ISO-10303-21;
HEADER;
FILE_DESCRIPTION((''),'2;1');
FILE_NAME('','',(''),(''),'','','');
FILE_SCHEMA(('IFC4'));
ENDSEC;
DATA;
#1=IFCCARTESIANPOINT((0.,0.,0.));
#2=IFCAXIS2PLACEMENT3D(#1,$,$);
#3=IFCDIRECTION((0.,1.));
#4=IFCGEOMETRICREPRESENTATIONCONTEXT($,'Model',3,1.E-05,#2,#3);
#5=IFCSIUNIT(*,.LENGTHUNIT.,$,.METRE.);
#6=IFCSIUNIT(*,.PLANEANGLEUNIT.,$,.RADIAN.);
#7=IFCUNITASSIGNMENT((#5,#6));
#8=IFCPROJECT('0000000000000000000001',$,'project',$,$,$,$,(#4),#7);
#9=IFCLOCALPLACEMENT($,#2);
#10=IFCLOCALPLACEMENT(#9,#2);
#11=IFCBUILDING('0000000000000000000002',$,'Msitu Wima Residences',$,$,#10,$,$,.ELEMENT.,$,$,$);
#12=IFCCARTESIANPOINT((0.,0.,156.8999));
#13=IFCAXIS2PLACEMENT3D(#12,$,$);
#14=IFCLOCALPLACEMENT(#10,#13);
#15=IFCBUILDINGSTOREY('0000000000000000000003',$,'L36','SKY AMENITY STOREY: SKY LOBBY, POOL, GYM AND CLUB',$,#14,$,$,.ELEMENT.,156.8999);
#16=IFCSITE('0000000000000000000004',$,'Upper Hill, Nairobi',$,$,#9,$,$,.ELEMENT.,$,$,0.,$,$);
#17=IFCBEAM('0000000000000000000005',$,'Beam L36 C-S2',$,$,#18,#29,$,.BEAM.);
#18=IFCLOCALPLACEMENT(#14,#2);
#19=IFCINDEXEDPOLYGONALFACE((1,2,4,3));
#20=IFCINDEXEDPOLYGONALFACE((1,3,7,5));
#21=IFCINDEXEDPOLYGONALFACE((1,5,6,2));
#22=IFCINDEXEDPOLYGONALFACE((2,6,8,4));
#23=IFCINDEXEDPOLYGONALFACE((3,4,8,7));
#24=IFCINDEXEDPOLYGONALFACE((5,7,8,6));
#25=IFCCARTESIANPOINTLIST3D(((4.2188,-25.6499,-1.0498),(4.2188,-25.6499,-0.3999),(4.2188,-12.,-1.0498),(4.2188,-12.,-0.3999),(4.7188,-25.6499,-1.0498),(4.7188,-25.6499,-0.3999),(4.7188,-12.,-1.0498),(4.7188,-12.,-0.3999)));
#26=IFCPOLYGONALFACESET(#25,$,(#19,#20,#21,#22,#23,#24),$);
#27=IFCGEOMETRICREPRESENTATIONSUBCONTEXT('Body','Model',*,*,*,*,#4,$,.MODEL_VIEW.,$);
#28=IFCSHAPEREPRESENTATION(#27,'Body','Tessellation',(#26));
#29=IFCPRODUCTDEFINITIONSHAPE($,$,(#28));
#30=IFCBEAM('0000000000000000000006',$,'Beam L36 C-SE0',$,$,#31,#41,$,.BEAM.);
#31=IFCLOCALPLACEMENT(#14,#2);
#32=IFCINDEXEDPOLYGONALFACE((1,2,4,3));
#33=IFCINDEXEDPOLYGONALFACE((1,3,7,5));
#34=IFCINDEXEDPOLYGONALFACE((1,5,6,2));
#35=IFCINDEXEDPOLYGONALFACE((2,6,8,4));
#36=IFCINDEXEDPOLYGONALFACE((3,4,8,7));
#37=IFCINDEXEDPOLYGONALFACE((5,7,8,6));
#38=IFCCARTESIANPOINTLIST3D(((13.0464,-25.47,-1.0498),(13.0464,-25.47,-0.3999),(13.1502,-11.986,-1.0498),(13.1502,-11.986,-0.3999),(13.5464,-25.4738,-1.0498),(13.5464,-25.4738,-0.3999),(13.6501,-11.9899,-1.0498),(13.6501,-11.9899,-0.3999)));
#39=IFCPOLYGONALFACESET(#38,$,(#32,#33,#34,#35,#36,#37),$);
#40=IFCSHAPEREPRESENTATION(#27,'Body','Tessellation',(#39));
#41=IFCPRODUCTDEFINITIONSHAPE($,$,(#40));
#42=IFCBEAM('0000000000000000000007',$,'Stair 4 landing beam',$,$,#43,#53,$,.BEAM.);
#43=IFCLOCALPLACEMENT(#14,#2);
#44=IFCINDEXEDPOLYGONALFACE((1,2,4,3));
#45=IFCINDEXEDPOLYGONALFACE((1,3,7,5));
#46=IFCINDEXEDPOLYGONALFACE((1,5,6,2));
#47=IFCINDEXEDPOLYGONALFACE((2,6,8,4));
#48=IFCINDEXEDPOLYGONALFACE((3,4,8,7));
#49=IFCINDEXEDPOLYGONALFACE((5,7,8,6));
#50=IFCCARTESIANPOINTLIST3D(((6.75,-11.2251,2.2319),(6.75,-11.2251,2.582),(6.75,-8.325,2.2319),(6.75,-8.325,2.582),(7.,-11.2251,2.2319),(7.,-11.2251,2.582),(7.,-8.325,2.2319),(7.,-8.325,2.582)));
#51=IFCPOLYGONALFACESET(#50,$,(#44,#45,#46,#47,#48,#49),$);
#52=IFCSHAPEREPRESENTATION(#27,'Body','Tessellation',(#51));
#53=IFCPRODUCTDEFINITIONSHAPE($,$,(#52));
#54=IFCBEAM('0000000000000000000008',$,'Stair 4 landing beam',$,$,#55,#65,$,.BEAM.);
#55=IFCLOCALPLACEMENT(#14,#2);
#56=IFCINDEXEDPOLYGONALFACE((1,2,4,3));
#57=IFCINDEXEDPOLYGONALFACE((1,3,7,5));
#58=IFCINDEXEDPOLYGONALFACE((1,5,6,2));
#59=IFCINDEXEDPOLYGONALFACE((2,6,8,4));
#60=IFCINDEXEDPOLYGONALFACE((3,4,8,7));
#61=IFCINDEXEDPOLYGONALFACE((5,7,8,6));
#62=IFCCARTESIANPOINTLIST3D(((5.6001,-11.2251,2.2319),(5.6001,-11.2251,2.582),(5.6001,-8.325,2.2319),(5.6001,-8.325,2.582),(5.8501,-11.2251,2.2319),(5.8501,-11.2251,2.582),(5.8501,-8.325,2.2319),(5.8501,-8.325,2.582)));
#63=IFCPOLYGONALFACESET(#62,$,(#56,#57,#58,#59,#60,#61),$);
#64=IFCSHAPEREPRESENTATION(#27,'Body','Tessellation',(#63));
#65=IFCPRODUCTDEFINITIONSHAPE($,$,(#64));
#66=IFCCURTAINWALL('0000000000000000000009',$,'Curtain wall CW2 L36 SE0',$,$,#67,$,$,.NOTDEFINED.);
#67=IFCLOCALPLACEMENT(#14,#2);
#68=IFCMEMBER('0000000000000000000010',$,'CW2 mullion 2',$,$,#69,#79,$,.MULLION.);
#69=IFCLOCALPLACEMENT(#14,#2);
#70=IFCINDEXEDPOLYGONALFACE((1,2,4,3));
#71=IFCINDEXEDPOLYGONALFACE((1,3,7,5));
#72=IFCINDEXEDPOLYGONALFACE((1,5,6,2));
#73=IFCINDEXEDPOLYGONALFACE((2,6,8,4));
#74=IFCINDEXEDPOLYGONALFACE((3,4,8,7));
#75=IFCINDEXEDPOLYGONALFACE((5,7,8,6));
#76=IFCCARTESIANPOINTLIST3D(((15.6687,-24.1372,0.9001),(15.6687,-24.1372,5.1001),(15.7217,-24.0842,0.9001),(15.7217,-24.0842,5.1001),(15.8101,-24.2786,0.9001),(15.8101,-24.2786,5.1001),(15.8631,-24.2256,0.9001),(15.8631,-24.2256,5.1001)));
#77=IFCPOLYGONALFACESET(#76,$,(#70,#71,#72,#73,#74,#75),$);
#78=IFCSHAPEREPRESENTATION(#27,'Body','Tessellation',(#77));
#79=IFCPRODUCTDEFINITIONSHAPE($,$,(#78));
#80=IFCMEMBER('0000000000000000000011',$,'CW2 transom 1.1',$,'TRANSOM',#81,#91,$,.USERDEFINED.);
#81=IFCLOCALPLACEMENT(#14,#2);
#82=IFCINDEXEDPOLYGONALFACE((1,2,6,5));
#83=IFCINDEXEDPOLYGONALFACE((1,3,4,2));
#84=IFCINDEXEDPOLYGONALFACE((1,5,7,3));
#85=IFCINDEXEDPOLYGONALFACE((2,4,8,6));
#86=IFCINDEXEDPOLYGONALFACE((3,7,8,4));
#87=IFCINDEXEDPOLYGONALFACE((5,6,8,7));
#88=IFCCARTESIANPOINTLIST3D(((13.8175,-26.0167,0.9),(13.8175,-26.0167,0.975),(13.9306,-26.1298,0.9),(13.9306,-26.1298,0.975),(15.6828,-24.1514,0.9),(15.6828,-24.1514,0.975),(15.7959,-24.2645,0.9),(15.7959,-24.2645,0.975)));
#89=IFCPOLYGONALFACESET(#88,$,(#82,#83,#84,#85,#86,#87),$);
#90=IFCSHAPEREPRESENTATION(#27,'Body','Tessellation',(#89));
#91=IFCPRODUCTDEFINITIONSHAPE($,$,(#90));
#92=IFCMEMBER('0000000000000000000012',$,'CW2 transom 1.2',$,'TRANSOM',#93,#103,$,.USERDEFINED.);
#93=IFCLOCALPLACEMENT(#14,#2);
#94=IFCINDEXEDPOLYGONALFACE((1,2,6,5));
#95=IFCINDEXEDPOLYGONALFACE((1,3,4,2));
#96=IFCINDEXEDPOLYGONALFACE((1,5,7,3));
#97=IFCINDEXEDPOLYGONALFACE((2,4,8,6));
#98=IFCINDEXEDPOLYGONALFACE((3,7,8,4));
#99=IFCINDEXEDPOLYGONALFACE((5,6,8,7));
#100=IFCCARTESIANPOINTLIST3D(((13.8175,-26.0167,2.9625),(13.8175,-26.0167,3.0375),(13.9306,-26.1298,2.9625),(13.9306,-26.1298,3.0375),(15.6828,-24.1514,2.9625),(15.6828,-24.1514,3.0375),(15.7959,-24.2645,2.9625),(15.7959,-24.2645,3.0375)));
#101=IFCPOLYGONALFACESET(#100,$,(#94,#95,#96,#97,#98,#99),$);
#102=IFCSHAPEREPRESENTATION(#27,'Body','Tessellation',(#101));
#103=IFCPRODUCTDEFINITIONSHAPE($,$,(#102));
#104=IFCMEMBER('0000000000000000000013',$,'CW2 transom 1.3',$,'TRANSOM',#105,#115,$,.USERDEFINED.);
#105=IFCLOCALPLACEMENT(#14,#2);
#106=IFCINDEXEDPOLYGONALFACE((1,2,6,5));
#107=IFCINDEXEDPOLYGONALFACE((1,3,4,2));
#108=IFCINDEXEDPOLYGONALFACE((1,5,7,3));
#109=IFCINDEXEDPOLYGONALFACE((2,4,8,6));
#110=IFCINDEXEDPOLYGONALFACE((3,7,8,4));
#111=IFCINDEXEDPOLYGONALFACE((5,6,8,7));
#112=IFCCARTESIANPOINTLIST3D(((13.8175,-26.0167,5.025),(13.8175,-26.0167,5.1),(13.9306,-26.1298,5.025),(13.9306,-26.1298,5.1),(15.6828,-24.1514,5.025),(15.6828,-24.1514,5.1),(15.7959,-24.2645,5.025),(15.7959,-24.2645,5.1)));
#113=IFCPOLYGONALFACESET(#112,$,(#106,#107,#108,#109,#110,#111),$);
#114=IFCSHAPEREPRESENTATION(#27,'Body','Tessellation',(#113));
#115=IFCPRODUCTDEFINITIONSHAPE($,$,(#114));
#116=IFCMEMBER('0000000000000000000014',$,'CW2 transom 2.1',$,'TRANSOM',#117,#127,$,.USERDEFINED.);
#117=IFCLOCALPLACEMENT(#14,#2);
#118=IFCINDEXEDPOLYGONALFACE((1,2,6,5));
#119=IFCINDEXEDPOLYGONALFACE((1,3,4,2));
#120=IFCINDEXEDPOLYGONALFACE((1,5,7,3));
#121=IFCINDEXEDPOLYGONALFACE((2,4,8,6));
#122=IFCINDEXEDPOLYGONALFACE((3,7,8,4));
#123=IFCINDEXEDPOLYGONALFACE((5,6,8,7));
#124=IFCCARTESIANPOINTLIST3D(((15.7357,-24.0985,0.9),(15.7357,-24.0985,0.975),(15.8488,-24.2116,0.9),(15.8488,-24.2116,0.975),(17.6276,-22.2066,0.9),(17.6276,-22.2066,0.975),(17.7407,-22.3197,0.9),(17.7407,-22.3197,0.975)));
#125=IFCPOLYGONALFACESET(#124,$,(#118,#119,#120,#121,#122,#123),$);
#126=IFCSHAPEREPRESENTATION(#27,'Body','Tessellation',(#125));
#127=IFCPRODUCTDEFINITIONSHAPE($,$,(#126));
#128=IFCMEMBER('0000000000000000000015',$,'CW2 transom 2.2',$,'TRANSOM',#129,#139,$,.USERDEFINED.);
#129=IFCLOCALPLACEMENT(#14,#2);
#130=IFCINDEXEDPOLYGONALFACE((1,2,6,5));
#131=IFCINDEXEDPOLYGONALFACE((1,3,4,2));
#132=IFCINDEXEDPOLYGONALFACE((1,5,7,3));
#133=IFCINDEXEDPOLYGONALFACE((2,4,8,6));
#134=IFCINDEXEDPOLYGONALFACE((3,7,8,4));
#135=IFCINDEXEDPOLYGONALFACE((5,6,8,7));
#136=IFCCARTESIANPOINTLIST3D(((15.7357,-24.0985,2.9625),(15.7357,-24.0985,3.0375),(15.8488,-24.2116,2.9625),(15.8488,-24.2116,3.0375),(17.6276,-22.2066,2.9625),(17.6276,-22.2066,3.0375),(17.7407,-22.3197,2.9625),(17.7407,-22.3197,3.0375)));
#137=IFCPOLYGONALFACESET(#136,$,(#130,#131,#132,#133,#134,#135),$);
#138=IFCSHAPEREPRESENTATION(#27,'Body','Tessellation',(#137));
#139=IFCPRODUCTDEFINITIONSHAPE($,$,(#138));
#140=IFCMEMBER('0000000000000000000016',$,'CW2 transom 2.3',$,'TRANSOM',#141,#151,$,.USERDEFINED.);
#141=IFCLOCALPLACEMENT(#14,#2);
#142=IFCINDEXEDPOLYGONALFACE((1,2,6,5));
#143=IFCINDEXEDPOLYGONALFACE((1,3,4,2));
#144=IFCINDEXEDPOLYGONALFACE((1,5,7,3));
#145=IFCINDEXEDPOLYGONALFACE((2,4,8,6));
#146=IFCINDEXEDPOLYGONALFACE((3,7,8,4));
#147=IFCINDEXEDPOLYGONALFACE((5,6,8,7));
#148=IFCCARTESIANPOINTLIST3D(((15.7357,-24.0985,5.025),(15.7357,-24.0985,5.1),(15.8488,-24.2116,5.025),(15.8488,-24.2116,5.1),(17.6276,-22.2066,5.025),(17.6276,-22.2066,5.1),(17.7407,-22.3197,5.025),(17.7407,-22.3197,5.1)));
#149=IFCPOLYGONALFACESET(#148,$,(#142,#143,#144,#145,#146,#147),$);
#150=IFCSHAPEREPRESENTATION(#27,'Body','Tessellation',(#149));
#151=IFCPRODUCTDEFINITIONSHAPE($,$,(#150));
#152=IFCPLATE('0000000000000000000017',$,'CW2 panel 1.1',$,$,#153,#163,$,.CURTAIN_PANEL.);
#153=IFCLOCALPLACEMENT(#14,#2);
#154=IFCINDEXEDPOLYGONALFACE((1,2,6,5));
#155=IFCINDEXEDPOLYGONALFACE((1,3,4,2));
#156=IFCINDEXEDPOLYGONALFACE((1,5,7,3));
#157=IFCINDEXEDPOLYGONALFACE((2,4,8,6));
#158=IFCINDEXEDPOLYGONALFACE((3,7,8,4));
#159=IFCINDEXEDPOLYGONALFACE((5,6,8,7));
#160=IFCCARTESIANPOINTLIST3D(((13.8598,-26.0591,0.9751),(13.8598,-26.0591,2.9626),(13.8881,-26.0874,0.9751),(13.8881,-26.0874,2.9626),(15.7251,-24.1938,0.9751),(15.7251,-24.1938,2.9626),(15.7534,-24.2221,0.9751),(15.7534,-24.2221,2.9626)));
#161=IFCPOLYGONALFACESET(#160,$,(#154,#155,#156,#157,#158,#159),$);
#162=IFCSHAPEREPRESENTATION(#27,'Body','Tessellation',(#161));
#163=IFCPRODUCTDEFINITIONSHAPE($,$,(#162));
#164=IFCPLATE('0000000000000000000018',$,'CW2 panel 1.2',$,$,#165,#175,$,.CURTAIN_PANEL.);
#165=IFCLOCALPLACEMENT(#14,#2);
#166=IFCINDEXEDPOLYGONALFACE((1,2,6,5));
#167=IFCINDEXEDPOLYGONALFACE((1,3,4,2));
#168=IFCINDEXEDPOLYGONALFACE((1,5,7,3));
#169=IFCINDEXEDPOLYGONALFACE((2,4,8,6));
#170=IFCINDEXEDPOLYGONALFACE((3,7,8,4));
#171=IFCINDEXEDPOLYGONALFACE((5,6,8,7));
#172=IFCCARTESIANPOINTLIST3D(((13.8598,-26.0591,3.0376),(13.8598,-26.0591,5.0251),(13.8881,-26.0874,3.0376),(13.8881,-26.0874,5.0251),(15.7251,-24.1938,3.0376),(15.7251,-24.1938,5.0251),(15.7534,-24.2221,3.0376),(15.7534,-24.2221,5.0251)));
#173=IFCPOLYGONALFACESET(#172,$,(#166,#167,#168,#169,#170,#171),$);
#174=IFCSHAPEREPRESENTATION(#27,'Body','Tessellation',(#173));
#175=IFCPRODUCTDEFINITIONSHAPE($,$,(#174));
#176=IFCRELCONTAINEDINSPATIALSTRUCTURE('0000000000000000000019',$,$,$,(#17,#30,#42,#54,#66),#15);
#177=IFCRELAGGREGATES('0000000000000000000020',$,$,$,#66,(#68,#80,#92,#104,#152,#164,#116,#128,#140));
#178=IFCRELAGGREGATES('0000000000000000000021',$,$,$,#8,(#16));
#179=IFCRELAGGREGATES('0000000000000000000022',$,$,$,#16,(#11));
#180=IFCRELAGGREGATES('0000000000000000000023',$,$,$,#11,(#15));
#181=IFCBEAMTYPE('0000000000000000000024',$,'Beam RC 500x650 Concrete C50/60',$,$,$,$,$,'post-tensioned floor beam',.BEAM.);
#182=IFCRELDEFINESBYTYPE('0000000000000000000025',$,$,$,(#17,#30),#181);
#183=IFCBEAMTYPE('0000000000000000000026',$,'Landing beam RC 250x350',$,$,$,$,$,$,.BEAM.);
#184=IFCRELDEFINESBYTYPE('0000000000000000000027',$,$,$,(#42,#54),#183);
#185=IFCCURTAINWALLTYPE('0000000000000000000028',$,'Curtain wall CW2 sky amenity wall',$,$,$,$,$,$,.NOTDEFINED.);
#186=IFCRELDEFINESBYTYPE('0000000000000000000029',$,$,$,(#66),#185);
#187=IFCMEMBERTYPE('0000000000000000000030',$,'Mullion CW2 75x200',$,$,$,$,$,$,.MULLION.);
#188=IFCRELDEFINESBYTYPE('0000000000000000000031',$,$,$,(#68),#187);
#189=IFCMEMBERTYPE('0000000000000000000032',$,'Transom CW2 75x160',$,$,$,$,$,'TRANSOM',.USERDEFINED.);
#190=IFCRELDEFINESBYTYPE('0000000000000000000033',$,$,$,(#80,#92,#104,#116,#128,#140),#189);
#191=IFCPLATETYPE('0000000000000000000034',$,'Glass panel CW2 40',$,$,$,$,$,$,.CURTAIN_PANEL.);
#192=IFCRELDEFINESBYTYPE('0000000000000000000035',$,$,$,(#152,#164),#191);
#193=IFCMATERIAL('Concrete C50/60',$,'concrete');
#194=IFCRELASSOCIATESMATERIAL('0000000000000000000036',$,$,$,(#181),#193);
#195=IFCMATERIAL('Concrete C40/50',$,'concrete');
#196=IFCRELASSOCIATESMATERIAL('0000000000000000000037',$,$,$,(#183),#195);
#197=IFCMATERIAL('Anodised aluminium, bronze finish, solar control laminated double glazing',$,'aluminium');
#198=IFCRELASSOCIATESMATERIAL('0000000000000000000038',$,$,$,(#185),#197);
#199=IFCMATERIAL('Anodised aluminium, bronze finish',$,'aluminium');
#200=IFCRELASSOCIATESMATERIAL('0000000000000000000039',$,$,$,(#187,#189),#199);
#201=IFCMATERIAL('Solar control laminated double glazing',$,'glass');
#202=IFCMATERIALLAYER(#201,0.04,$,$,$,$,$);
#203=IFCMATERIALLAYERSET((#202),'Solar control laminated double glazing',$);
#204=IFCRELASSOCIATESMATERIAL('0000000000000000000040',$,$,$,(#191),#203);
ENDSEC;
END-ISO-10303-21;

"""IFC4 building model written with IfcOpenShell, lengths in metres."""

from ifc_helpers import new_model, si_unit, direction, frame, origin, origin_2d, place, context, subcontext, project, spatial, rectangle, extrude, material, layer, layer_set, material_profile, profile_set, type_object, element, aggregate, save


model = new_model("IFC4")

# Units and contexts
model_context = context("Model", 3, precision=1e-05, world=origin(), true_north=direction((0.0, 1.0)))
body_context = subcontext(model_context, "Body", "Model", "MODEL_VIEW")
ifc_project = project(units=[si_unit("LENGTHUNIT", "METRE"), si_unit("PLANEANGLEUNIT", "RADIAN")], contexts=[model_context])

# Site, building, storey
site_placement = place(None, origin())
site = spatial("IfcSite", under=ifc_project, at=site_placement, Name="Upper Hill, Nairobi", CompositionType="ELEMENT", RefElevation=0.0)
building_placement = place(site_placement, origin())
building = spatial("IfcBuilding", under=site, at=building_placement, Name="Msitu Wima Residences", CompositionType="ELEMENT")
storey_placement = place(building_placement, frame((0.0, 0.0, 156.8999)))
storey = spatial("IfcBuildingStorey", under=building, at=storey_placement, Name="L36", Description="SKY AMENITY STOREY: SKY LOBBY, POOL, GYM AND CLUB", CompositionType="ELEMENT", Elevation=156.8999)

# Beams
ifc_material_1 = material(Name="Concrete C50/60", Category="concrete")
ifc_material_profile_1 = material_profile(ifc_material_1, rectangle(XDim=0.5, YDim=0.6499, at=origin_2d()), Name="RC 500x650")
ifc_profile_set_1 = profile_set([ifc_material_profile_1], Name="Concrete C50/60")
beam_type_1 = type_object("IfcBeamType", Name="Beam RC 500x650 Concrete C50/60", ElementType="post-tensioned floor beam", PredefinedType="BEAM", material=ifc_profile_set_1)
beam_1_placement = place(storey_placement, frame((4.4688, -25.6499, -0.7249), z_axis=(0.0, 1.0, 0.0), x_axis=(-1.0, 0.0, 0.0)))
element("IfcBeam", 1, at=beam_1_placement, inside=storey, type_object=beam_type_1, Name="Beam L36 C-S2", PredefinedType="BEAM", context=body_context, shape_type="SweptSolid", body=[
    extrude(rectangle(XDim=0.5, YDim=0.6499, at=origin_2d()), origin(), (0.0, 0.0, 1.0), 13.6499),
])
beam_2_placement = place(storey_placement, frame((13.2964, -25.4719, -0.7249), z_axis=(0.007695, 0.99997, 0.0), x_axis=(-0.99997, 0.007695, 0.0)))
element("IfcBeam", 2, at=beam_2_placement, inside=storey, type_object=beam_type_1, Name="Beam L36 C-SE0", PredefinedType="BEAM", context=body_context, shape_type="SweptSolid", body=[
    extrude(rectangle(XDim=0.5, YDim=0.6499, at=origin_2d()), origin(), (0.0, 0.0, 1.0), 13.4844),
])
ifc_material_2 = material(Name="Concrete C40/50", Category="concrete")
ifc_material_profile_2 = material_profile(ifc_material_2, rectangle(XDim=0.25, YDim=0.3501, at=origin_2d()), Name="RC 250x350")
ifc_profile_set_2 = profile_set([ifc_material_profile_2], Name="Concrete C40/50")
beam_type_2 = type_object("IfcBeamType", Name="Landing beam RC 250x350", PredefinedType="BEAM", material=ifc_profile_set_2)
for number, where, z_axis, x_axis, name in (
    (3, (6.875, -11.2251, 2.407), (0.0, 1.0, 0.0), (-1.0, 0.0, 0.0), "Stair 4 landing beam"),
    (4, (5.7251, -11.2251, 2.407), (0.0, 1.0, 0.0), (-1.0, 0.0, 0.0), "Stair 4 landing beam"),
):
    element("IfcBeam", number, at=place(storey_placement, frame(where, z_axis=z_axis, x_axis=x_axis)), inside=storey, type_object=beam_type_2, Name=name, PredefinedType="BEAM", context=body_context, shape_type="SweptSolid", body=[
        extrude(rectangle(XDim=0.25, YDim=0.3501, at=origin_2d()), origin(), (0.0, 0.0, 1.0), 2.9001),
    ])

# Curtain wall, members, plates
ifc_material_3 = material(Name="Anodised aluminium, bronze finish, solar control laminated double glazing", Category="aluminium")
curtain_wall_type = type_object("IfcCurtainWallType", Name="Curtain wall CW2 sky amenity wall", PredefinedType="NOTDEFINED", material=ifc_material_3)
curtain_wall_placement = place(storey_placement, origin())
curtain_wall = element("IfcCurtainWall", 5, at=curtain_wall_placement, inside=storey, type_object=curtain_wall_type, Name="Curtain wall CW2 L36 SE0", PredefinedType="NOTDEFINED")
ifc_material_4 = material(Name="Anodised aluminium, bronze finish", Category="aluminium")
ifc_material_profile_3 = material_profile(ifc_material_4, rectangle(XDim=0.2, YDim=0.075, at=origin_2d()), Name="Mullion 75x200")
ifc_profile_set_3 = profile_set([ifc_material_profile_3], Name="Anodised aluminium, bronze finish")
member_type_1 = type_object("IfcMemberType", Name="Mullion CW2 75x200", PredefinedType="MULLION", material=ifc_profile_set_3)
member_1_placement = place(storey_placement, frame((15.7659, -24.1814, 0.9001), z_axis=(0.0, 0.0, 1.0), x_axis=(-0.707107, 0.707107, 0.0)))
member_1 = element("IfcMember", 6, at=member_1_placement, type_object=member_type_1, Name="CW2 mullion 2", PredefinedType="MULLION", context=body_context, shape_type="SweptSolid", body=[
    extrude(rectangle(XDim=0.2, YDim=0.075, at=origin_2d()), origin(), (0.0, 0.0, 1.0), 4.2),
])
ifc_material_profile_4 = material_profile(ifc_material_4, rectangle(XDim=0.1599, YDim=0.075, at=origin_2d()), Name="Transom 75x160")
ifc_profile_set_4 = profile_set([ifc_material_profile_4], Name="Anodised aluminium, bronze finish")
member_type_2 = type_object("IfcMemberType", Name="Transom CW2 75x160", ElementType="TRANSOM", PredefinedType="USERDEFINED", material=ifc_profile_set_4)
member_2_placement = place(storey_placement, frame((13.874, -26.0732, 0.9375), z_axis=(0.707107, 0.707107, 0.0), x_axis=(-0.707107, 0.707107, 0.0)))
member_2 = element("IfcMember", 7, at=member_2_placement, type_object=member_type_2, Name="CW2 transom 1.1", ObjectType="TRANSOM", PredefinedType="USERDEFINED", context=body_context, shape_type="SweptSolid", body=[
    extrude(rectangle(XDim=0.1599, YDim=0.075, at=origin_2d()), origin(), (0.0, 0.0, 1.0), 2.6379),
])
member_3_placement = place(storey_placement, frame((13.874, -26.0732, 3.0), z_axis=(0.707107, 0.707107, 0.0), x_axis=(-0.707107, 0.707107, 0.0)))
member_3 = element("IfcMember", 8, at=member_3_placement, type_object=member_type_2, Name="CW2 transom 1.2", ObjectType="TRANSOM", PredefinedType="USERDEFINED", context=body_context, shape_type="SweptSolid", body=[
    extrude(rectangle(XDim=0.1599, YDim=0.075, at=origin_2d()), origin(), (0.0, 0.0, 1.0), 2.6379),
])
member_4_placement = place(storey_placement, frame((13.874, -26.0732, 5.0625), z_axis=(0.707107, 0.707107, 0.0), x_axis=(-0.707107, 0.707107, 0.0)))
member_4 = element("IfcMember", 9, at=member_4_placement, type_object=member_type_2, Name="CW2 transom 1.3", ObjectType="TRANSOM", PredefinedType="USERDEFINED", context=body_context, shape_type="SweptSolid", body=[
    extrude(rectangle(XDim=0.1599, YDim=0.075, at=origin_2d()), origin(), (0.0, 0.0, 1.0), 2.6379),
])
member_5_placement = place(storey_placement, frame((15.7922, -24.155, 0.9375), z_axis=(0.707107, 0.707107, 0.0), x_axis=(-0.707107, 0.707107, 0.0)))
member_5 = element("IfcMember", 10, at=member_5_placement, type_object=member_type_2, Name="CW2 transom 2.1", ObjectType="TRANSOM", PredefinedType="USERDEFINED", context=body_context, shape_type="SweptSolid", body=[
    extrude(rectangle(XDim=0.1599, YDim=0.075, at=origin_2d()), origin(), (0.0, 0.0, 1.0), 2.6755),
])
member_6_placement = place(storey_placement, frame((15.7922, -24.155, 3.0), z_axis=(0.707107, 0.707107, 0.0), x_axis=(-0.707107, 0.707107, 0.0)))
member_6 = element("IfcMember", 11, at=member_6_placement, type_object=member_type_2, Name="CW2 transom 2.2", ObjectType="TRANSOM", PredefinedType="USERDEFINED", context=body_context, shape_type="SweptSolid", body=[
    extrude(rectangle(XDim=0.1599, YDim=0.075, at=origin_2d()), origin(), (0.0, 0.0, 1.0), 2.6755),
])
member_7_placement = place(storey_placement, frame((15.7922, -24.155, 5.0625), z_axis=(0.707107, 0.707107, 0.0), x_axis=(-0.707107, 0.707107, 0.0)))
member_7 = element("IfcMember", 12, at=member_7_placement, type_object=member_type_2, Name="CW2 transom 2.3", ObjectType="TRANSOM", PredefinedType="USERDEFINED", context=body_context, shape_type="SweptSolid", body=[
    extrude(rectangle(XDim=0.1599, YDim=0.075, at=origin_2d()), origin(), (0.0, 0.0, 1.0), 2.6755),
])
ifc_material_5 = material(Name="Solar control laminated double glazing", Category="glass")
ifc_layer_1 = layer(ifc_material_5, 0.04)
ifc_layer_set_1 = layer_set([ifc_layer_1], Name="Solar control laminated double glazing")
plate_type = type_object("IfcPlateType", Name="Glass panel CW2 40", PredefinedType="CURTAIN_PANEL", material=ifc_layer_set_1)
plate_1_placement = place(storey_placement, frame((14.8066, -25.1406, 0.9751), z_axis=(0.0, 0.0, 1.0), x_axis=(0.707107, 0.707107, 0.0)))
plate_1 = element("IfcPlate", 13, at=plate_1_placement, type_object=plate_type, Name="CW2 panel 1.1", PredefinedType="CURTAIN_PANEL", context=body_context, shape_type="SweptSolid", body=[
    extrude(rectangle(XDim=2.6379, YDim=0.04, at=origin_2d()), origin(), (0.0, 0.0, 1.0), 1.9875),
])
plate_2_placement = place(storey_placement, frame((14.8066, -25.1406, 3.0376), z_axis=(0.0, 0.0, 1.0), x_axis=(0.707107, 0.707107, 0.0)))
plate_2 = element("IfcPlate", 14, at=plate_2_placement, type_object=plate_type, Name="CW2 panel 1.2", PredefinedType="CURTAIN_PANEL", context=body_context, shape_type="SweptSolid", body=[
    extrude(rectangle(XDim=2.6379, YDim=0.04, at=origin_2d()), origin(), (0.0, 0.0, 1.0), 1.9875),
])
aggregate(curtain_wall, [member_1, member_2, member_3, member_4, plate_1, plate_2, member_5, member_6, member_7])

save(model, "model.ifc")
